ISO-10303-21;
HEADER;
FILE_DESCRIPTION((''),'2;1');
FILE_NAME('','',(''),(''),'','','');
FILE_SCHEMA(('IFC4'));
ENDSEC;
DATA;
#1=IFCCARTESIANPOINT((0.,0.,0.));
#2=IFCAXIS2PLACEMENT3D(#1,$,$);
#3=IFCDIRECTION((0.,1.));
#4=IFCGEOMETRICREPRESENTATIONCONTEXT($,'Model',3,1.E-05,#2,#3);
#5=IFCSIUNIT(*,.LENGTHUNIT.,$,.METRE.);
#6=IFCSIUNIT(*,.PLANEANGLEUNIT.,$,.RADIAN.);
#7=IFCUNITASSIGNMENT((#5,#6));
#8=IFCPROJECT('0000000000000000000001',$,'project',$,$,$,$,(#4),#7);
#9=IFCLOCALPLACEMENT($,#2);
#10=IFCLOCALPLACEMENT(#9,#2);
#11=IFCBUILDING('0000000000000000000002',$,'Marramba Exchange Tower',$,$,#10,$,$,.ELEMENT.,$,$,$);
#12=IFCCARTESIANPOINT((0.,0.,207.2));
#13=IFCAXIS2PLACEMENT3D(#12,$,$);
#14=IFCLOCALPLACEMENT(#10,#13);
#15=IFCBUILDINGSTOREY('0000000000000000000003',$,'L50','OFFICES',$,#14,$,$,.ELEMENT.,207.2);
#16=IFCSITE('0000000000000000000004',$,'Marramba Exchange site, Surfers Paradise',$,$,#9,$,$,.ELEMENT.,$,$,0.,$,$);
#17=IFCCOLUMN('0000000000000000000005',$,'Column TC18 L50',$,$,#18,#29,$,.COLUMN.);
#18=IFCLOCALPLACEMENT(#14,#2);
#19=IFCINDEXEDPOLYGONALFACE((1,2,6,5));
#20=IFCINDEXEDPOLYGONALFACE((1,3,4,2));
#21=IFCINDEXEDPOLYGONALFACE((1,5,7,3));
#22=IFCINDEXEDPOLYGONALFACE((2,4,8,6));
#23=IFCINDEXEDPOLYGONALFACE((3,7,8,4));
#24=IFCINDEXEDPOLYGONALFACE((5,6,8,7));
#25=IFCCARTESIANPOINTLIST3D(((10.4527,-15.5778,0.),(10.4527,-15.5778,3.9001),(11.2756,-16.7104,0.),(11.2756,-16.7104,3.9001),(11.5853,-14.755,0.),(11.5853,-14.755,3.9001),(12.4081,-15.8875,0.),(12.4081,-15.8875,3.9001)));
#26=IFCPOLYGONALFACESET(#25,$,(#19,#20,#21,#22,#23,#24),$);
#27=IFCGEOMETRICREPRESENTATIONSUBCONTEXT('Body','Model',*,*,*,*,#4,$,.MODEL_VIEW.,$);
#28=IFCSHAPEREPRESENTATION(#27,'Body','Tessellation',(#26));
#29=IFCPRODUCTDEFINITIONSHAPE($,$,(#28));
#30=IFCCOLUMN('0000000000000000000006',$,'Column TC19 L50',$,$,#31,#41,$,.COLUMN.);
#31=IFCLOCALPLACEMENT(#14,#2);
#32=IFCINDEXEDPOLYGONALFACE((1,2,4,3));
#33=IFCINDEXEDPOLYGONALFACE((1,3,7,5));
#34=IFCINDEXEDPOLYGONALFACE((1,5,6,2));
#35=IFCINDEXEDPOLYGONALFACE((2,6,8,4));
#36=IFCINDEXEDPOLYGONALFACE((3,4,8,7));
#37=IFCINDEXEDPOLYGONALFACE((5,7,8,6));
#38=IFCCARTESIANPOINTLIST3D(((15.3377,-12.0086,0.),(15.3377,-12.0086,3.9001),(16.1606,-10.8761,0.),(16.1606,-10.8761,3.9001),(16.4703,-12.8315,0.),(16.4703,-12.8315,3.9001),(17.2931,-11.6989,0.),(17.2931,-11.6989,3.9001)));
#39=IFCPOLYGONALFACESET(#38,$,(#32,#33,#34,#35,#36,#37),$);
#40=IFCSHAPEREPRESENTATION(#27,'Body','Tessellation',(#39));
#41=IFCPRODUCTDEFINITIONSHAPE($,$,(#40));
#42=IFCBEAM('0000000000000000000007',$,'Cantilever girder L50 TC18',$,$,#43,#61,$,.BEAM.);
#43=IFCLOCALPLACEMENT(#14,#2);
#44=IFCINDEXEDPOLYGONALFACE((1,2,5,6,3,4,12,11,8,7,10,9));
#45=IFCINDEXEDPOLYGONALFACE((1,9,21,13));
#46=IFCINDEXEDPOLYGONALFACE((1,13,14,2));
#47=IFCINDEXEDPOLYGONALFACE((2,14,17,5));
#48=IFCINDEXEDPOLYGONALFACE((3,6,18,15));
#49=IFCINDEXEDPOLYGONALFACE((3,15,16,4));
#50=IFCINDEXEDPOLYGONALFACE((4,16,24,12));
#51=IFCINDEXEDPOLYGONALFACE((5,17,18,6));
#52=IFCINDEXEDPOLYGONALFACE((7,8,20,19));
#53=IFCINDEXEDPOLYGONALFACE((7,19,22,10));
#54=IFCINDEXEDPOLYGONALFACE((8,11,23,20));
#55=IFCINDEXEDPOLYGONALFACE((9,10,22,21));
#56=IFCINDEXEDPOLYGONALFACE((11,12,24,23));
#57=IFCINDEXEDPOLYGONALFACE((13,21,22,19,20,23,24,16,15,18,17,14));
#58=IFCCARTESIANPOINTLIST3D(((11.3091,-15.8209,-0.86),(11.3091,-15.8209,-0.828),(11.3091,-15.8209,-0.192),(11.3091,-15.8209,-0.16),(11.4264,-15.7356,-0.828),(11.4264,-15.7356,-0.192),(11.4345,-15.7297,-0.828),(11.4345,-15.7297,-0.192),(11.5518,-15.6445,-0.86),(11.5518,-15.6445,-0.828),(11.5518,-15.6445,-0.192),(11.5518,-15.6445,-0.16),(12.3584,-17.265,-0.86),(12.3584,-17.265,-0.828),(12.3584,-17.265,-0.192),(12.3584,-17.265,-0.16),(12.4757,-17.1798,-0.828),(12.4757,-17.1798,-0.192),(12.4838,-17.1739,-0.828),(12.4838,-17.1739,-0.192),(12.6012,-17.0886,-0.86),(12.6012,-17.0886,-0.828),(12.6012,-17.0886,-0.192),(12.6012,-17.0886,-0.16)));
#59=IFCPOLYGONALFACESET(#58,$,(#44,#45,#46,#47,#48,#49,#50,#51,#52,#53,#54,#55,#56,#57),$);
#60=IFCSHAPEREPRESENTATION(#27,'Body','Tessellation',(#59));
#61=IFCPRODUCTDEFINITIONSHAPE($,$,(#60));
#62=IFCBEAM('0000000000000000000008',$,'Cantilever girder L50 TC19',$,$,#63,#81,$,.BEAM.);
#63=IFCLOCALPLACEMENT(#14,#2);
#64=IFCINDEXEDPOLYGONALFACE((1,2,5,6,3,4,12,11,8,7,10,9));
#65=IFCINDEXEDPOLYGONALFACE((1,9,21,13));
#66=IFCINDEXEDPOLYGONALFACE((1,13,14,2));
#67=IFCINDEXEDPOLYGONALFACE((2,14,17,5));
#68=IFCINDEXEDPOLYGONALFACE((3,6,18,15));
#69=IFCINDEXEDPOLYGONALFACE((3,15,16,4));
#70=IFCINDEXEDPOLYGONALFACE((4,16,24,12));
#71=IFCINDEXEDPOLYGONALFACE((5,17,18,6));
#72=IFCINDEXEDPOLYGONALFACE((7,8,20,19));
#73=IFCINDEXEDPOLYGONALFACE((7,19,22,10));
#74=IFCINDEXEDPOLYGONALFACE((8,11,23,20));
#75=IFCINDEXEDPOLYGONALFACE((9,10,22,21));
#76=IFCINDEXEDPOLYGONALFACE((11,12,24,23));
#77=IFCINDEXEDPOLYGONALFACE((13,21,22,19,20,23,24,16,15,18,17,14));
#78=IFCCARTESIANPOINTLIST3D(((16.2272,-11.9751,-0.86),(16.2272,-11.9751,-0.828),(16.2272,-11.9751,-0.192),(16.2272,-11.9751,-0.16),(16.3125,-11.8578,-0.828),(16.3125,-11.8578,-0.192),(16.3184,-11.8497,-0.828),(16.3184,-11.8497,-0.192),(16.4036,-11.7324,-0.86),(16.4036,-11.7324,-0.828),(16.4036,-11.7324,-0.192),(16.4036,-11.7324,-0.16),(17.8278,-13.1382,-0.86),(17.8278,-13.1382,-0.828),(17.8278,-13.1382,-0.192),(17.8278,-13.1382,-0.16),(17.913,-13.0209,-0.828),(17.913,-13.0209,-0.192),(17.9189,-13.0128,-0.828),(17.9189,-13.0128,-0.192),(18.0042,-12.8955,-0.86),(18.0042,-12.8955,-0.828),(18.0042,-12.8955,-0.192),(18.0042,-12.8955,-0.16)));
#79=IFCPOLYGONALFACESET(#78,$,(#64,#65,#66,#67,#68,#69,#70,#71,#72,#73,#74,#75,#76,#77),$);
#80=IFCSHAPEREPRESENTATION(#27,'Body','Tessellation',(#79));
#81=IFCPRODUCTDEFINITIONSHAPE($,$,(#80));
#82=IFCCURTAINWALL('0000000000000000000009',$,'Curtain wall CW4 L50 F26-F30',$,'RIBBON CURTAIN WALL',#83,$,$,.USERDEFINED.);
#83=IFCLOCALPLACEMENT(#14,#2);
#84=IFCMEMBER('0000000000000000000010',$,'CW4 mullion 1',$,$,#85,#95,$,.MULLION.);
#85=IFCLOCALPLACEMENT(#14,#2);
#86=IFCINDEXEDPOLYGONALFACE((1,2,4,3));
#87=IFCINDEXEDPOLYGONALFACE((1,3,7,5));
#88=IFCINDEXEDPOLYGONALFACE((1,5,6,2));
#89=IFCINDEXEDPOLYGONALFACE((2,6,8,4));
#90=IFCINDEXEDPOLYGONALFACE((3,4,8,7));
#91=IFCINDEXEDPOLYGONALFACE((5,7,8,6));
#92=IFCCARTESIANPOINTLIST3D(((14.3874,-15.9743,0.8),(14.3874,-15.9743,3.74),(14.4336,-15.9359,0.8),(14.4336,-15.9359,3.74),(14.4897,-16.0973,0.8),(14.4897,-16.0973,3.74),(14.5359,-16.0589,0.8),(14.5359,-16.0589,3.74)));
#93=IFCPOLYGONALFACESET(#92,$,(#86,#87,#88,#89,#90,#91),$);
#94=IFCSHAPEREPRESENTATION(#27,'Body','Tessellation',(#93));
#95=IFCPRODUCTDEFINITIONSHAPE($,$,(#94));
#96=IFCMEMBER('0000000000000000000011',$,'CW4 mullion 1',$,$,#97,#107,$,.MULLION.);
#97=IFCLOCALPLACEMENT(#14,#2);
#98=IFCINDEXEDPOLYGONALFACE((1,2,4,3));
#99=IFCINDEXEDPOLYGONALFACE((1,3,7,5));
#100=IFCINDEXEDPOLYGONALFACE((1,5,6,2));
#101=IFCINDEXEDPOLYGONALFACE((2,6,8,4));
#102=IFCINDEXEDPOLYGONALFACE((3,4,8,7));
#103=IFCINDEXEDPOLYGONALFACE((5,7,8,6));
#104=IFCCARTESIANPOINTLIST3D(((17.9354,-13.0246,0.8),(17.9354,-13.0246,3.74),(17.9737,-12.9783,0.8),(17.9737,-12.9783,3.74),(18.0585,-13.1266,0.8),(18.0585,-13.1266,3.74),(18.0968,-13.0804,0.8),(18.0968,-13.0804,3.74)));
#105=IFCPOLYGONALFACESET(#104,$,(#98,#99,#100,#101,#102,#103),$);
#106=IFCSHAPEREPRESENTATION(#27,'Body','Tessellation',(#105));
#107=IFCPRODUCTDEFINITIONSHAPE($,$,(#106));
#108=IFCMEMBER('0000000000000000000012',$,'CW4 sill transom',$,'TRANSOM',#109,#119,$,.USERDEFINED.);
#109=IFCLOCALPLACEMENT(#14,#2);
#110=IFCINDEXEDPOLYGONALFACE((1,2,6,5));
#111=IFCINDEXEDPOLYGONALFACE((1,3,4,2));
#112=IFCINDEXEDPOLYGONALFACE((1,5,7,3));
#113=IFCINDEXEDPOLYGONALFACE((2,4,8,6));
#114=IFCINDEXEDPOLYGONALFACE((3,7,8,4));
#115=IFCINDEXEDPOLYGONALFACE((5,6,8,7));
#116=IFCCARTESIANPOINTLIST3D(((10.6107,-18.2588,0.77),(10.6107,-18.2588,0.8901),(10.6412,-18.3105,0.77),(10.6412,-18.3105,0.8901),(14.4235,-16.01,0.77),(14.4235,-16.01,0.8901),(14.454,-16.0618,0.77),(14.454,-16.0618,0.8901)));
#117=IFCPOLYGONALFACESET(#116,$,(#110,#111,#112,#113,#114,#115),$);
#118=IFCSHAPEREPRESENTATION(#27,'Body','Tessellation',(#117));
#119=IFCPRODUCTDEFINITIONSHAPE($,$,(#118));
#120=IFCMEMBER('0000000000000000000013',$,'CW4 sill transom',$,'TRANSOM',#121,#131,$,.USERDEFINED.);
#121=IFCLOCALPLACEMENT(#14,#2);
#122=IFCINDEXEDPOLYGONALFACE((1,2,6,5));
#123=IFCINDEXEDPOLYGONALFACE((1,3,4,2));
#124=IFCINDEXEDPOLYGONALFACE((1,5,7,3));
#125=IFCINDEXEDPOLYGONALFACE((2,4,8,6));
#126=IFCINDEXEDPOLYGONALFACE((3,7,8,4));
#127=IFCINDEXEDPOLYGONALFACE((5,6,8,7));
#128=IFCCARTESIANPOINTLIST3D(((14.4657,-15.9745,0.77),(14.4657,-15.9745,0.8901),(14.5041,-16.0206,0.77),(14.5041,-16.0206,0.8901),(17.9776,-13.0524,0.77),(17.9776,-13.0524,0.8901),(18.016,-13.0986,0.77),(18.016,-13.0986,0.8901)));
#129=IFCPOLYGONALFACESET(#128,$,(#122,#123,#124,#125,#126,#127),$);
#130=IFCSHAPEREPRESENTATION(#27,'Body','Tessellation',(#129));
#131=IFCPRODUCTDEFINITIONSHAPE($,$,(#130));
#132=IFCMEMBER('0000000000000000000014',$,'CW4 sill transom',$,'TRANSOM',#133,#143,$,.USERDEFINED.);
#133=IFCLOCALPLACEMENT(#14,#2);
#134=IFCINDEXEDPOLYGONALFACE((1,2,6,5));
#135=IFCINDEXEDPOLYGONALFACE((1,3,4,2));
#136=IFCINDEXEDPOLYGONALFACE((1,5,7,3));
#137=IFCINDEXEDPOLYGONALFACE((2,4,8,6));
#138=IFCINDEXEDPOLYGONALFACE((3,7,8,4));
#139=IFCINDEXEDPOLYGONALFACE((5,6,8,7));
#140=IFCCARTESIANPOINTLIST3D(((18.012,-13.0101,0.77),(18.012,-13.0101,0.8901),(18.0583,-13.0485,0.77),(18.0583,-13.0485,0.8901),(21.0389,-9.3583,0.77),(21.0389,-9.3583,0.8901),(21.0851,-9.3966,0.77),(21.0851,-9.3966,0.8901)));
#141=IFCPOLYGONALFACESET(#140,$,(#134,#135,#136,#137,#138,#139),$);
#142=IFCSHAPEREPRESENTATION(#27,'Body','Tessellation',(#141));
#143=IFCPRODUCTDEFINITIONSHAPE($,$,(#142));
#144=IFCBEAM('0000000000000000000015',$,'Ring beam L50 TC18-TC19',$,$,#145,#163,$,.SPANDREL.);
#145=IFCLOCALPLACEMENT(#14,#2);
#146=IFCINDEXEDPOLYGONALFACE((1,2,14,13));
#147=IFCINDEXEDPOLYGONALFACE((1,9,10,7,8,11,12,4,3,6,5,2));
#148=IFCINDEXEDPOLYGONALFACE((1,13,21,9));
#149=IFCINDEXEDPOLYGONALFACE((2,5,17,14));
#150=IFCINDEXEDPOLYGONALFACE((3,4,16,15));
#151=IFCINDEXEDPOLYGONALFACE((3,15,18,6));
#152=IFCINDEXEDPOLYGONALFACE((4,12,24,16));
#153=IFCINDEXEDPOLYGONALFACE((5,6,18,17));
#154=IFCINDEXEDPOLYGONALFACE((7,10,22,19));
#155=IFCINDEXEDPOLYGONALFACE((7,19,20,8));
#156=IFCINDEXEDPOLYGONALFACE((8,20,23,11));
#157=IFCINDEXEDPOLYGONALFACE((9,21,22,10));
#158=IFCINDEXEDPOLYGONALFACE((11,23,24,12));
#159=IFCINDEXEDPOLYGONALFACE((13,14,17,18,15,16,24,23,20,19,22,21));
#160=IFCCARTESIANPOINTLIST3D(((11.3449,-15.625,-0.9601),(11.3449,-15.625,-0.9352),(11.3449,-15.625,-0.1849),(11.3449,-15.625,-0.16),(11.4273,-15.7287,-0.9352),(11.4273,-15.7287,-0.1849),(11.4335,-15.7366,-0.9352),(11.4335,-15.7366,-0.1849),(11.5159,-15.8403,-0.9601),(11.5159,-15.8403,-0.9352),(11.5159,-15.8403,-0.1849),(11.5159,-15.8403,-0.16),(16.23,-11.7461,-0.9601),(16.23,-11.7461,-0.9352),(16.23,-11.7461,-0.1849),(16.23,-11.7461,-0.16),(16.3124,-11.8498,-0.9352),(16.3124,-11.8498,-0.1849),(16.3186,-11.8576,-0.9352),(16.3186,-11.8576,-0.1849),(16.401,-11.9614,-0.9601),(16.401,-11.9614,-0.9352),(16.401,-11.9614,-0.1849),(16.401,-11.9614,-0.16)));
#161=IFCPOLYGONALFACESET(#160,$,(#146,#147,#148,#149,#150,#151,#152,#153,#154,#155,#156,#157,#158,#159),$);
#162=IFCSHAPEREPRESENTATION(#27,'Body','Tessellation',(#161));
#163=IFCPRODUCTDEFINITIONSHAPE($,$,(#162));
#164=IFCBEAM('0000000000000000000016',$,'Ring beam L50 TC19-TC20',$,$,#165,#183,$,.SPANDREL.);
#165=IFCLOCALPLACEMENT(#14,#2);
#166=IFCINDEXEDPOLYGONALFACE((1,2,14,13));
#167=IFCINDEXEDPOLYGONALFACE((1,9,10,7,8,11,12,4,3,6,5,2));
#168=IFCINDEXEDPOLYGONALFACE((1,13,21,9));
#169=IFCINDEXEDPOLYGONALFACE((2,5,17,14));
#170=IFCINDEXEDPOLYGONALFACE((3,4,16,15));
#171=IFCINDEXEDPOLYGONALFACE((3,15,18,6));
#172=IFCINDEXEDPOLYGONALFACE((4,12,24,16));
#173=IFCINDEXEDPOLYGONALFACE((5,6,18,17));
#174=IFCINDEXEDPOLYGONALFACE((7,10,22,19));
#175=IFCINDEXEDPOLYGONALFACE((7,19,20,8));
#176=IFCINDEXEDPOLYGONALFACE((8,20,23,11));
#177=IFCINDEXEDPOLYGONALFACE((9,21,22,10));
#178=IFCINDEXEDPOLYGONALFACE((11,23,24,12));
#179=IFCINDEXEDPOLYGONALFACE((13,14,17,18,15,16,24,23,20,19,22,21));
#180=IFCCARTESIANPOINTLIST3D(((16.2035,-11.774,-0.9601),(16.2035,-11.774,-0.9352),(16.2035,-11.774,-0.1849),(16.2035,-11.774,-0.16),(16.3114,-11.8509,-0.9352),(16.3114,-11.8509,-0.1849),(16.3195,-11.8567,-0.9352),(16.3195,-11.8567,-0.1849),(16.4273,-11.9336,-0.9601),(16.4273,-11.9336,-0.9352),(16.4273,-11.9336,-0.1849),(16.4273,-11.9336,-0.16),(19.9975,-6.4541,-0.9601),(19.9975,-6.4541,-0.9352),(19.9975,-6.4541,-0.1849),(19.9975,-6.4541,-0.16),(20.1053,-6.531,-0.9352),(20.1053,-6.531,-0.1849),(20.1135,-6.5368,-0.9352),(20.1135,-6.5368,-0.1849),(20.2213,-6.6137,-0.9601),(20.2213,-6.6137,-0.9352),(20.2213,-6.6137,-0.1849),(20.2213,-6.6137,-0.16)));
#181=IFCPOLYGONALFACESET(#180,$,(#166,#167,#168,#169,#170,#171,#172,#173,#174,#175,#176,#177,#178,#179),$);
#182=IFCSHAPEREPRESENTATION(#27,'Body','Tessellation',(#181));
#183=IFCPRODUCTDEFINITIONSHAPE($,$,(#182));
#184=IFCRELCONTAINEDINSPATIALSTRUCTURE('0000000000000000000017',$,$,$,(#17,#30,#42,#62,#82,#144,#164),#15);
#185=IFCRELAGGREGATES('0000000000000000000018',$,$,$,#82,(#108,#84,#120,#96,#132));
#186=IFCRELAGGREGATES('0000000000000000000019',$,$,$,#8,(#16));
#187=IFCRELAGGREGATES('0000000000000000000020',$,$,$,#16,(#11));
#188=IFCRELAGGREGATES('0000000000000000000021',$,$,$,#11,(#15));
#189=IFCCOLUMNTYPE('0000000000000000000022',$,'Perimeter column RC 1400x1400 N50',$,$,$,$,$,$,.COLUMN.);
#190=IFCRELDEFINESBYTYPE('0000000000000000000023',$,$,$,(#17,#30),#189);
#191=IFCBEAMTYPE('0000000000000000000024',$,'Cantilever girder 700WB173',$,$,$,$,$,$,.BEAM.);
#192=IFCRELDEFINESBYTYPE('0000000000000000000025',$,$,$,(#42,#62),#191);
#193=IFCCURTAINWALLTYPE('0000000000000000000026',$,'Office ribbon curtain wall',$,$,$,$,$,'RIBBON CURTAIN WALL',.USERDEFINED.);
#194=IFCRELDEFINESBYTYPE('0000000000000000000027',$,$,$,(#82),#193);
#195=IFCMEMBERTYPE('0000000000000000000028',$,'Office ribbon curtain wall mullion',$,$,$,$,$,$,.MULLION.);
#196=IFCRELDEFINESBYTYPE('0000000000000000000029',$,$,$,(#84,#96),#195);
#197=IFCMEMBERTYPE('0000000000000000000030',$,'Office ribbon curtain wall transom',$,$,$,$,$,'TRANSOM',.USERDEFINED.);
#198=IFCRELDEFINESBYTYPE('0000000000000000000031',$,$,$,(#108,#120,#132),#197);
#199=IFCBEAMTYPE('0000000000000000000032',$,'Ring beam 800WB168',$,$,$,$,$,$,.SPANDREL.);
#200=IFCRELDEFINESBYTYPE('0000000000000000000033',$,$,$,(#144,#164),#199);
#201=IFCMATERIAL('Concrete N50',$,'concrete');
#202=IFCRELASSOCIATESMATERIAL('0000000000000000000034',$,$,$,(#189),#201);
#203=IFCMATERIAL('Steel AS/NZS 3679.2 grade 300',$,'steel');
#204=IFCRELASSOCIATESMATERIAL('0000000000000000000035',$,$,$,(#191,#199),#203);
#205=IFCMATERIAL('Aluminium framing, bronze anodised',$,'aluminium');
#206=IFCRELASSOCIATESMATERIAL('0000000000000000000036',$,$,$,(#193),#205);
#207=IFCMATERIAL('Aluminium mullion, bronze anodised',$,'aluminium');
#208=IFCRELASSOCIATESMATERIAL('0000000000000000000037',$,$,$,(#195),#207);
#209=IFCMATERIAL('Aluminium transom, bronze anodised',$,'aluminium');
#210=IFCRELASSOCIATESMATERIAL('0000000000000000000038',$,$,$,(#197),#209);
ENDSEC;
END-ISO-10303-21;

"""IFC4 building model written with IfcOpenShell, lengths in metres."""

from ifc_helpers import new_model, si_unit, direction, frame, origin, origin_2d, place, context, subcontext, project, spatial, rectangle, i_section, extrude, material, material_profile, profile_set, type_object, element, aggregate, save


model = new_model("IFC4")

# Units and contexts
model_context = context("Model", 3, precision=1e-05, world=origin(), true_north=direction((0.0, 1.0)))
body_context = subcontext(model_context, "Body", "Model", "MODEL_VIEW")
ifc_project = project(units=[si_unit("LENGTHUNIT", "METRE"), si_unit("PLANEANGLEUNIT", "RADIAN")], contexts=[model_context])

# Site, building, storey
site_placement = place(None, origin())
site = spatial("IfcSite", under=ifc_project, at=site_placement, Name="Marramba Exchange site, Surfers Paradise", CompositionType="ELEMENT", RefElevation=0.0)
building_placement = place(site_placement, origin())
building = spatial("IfcBuilding", under=site, at=building_placement, Name="Marramba Exchange Tower", CompositionType="ELEMENT")
storey_placement = place(building_placement, frame((0.0, 0.0, 207.2)))
storey = spatial("IfcBuildingStorey", under=building, at=storey_placement, Name="L50", Description="OFFICES", CompositionType="ELEMENT", Elevation=207.2)

# Columns
ifc_material_1 = material(Name="Concrete N50", Category="concrete")
ifc_material_profile_1 = material_profile(ifc_material_1, rectangle(XDim=1.3999, YDim=1.3999, at=origin_2d()), Name="RC 1400x1400")
ifc_profile_set_1 = profile_set([ifc_material_profile_1], Name="Concrete N50")
column_type = type_object("IfcColumnType", Name="Perimeter column RC 1400x1400 N50", PredefinedType="COLUMN", material=ifc_profile_set_1)
for number, where, z_axis, x_axis, name in (
    (1, (11.4304, -15.7327, 0.0), (0.0, 0.0, 1.0), (0.587785, -0.809017, 0.0), "Column TC18 L50"),
    (2, (16.3154, -11.8538, 0.0), (0.0, 0.0, 1.0), (0.809017, -0.587785, 0.0), "Column TC19 L50"),
):
    element("IfcColumn", number, at=place(storey_placement, frame(where, z_axis=z_axis, x_axis=x_axis)), inside=storey, type_object=column_type, Name=name, PredefinedType="COLUMN", context=body_context, shape_type="SweptSolid", body=[
        extrude(rectangle(XDim=1.3999, YDim=1.3999, at=origin_2d()), origin(), (0.0, 0.0, 1.0), 3.9001),
    ])

# Beams
ifc_material_2 = material(Name="Steel AS/NZS 3679.2 grade 300", Category="steel")
ifc_material_profile_2 = material_profile(ifc_material_2, i_section(OverallWidth=0.3, OverallDepth=0.7, WebThickness=0.01, FlangeThickness=0.032, at=origin_2d()), Name="700WB173")
ifc_profile_set_2 = profile_set([ifc_material_profile_2], Name="Steel AS/NZS 3679.2 grade 300")
beam_type_1 = type_object("IfcBeamType", Name="Cantilever girder 700WB173", PredefinedType="BEAM", material=ifc_profile_set_2)
beam_1_placement = place(storey_placement, frame((11.4304, -15.7327, -0.51), z_axis=(0.58783, -0.808984, 0.0), x_axis=(0.808984, 0.58783, 0.0)))
element("IfcBeam", 3, at=beam_1_placement, inside=storey, type_object=beam_type_1, Name="Cantilever girder L50 TC18", PredefinedType="BEAM", context=body_context, shape_type="SweptSolid", body=[
    extrude(i_section(OverallWidth=0.3, OverallDepth=0.7, WebThickness=0.01, FlangeThickness=0.032, at=origin_2d()), origin(), (0.0, 0.0, 1.0), 1.7852),
])
beam_2_placement = place(storey_placement, frame((16.3154, -11.8538, -0.51), z_axis=(0.808971, -0.587849, 0.0), x_axis=(0.587849, 0.808971, 0.0)))
element("IfcBeam", 4, at=beam_2_placement, inside=storey, type_object=beam_type_1, Name="Cantilever girder L50 TC19", PredefinedType="BEAM", context=body_context, shape_type="SweptSolid", body=[
    extrude(i_section(OverallWidth=0.3, OverallDepth=0.7, WebThickness=0.01, FlangeThickness=0.032, at=origin_2d()), origin(), (0.0, 0.0, 1.0), 1.9785),
])

# Curtain wall, members
ifc_material_3 = material(Name="Aluminium framing, bronze anodised", Category="aluminium")
curtain_wall_type = type_object("IfcCurtainWallType", Name="Office ribbon curtain wall", ElementType="RIBBON CURTAIN WALL", PredefinedType="USERDEFINED", material=ifc_material_3)
curtain_wall_placement = place(storey_placement, origin())
curtain_wall = element("IfcCurtainWall", 5, at=curtain_wall_placement, inside=storey, type_object=curtain_wall_type, Name="Curtain wall CW4 L50 F26-F30", ObjectType="RIBBON CURTAIN WALL", PredefinedType="USERDEFINED")
ifc_material_4 = material(Name="Aluminium mullion, bronze anodised", Category="aluminium")
ifc_material_profile_3 = material_profile(ifc_material_4, rectangle(XDim=0.1599, YDim=0.0601, at=origin_2d()), Name="CW4 mullion 60x160")
ifc_profile_set_3 = profile_set([ifc_material_profile_3], Name="Aluminium mullion, bronze anodised")
member_type_1 = type_object("IfcMemberType", Name="Office ribbon curtain wall mullion", PredefinedType="MULLION", material=ifc_profile_set_3)
member_1_placement = place(storey_placement, frame((14.4617, -16.0166, 0.8), z_axis=(0.0, 0.0, 1.0), x_axis=(-0.639565, 0.768737, 0.0)))
member_1 = element("IfcMember", 6, at=member_1_placement, type_object=member_type_1, Name="CW4 mullion 1", PredefinedType="MULLION", context=body_context, shape_type="SweptSolid", body=[
    extrude(rectangle(XDim=0.1599, YDim=0.0601, at=origin_2d()), origin(), (0.0, 0.0, 1.0), 2.9399),
])
member_2_placement = place(storey_placement, frame((18.0161, -13.0525, 0.8), z_axis=(0.0, 0.0, 1.0), x_axis=(-0.769912, 0.63815, 0.0)))
member_2 = element("IfcMember", 7, at=member_2_placement, type_object=member_type_1, Name="CW4 mullion 1", PredefinedType="MULLION", context=body_context, shape_type="SweptSolid", body=[
    extrude(rectangle(XDim=0.1599, YDim=0.0601, at=origin_2d()), origin(), (0.0, 0.0, 1.0), 2.9399),
])
ifc_material_5 = material(Name="Aluminium transom, bronze anodised", Category="aluminium")
ifc_material_profile_4 = material_profile(ifc_material_5, rectangle(XDim=0.0601, YDim=0.1201, at=origin_2d()), Name="CW4 transom 60x120")
ifc_profile_set_4 = profile_set([ifc_material_profile_4], Name="Aluminium transom, bronze anodised")
member_type_2 = type_object("IfcMemberType", Name="Office ribbon curtain wall transom", ElementType="TRANSOM", PredefinedType="USERDEFINED", material=ifc_profile_set_4)
member_3_placement = place(storey_placement, frame((10.626, -18.2847, 0.8301), z_axis=(0.861342, 0.508025, 0.0), x_axis=(-0.508025, 0.861342, 0.0)))
member_3 = element("IfcMember", 8, at=member_3_placement, type_object=member_type_2, Name="CW4 sill transom", ObjectType="TRANSOM", PredefinedType="USERDEFINED", context=body_context, shape_type="SweptSolid", body=[
    extrude(rectangle(XDim=0.0601, YDim=0.1201, at=origin_2d()), origin(), (0.0, 0.0, 1.0), 4.4265),
])
member_4_placement = place(storey_placement, frame((14.4849, -15.9976, 0.8301), z_axis=(0.768707, 0.639601, 0.0), x_axis=(-0.639601, 0.768707, 0.0)))
member_4 = element("IfcMember", 9, at=member_4_placement, type_object=member_type_2, Name="CW4 sill transom", ObjectType="TRANSOM", PredefinedType="USERDEFINED", context=body_context, shape_type="SweptSolid", body=[
    extrude(rectangle(XDim=0.0601, YDim=0.1201, at=origin_2d()), origin(), (0.0, 0.0, 1.0), 4.5686),
])
member_5_placement = place(storey_placement, frame((18.0352, -13.0293, 0.8301), z_axis=(0.638147, 0.769915, 0.0), x_axis=(-0.769915, 0.638147, 0.0)))
member_5 = element("IfcMember", 10, at=member_5_placement, type_object=member_type_2, Name="CW4 sill transom", ObjectType="TRANSOM", PredefinedType="USERDEFINED", context=body_context, shape_type="SweptSolid", body=[
    extrude(rectangle(XDim=0.0601, YDim=0.1201, at=origin_2d()), origin(), (0.0, 0.0, 1.0), 4.7432),
])

# Beams
ifc_material_profile_5 = material_profile(ifc_material_2, i_section(OverallWidth=0.2749, OverallDepth=0.8, WebThickness=0.01, FlangeThickness=0.0249, at=origin_2d()), Name="800WB168")
ifc_profile_set_5 = profile_set([ifc_material_profile_5], Name="Steel AS/NZS 3679.2 grade 300")
beam_type_2 = type_object("IfcBeamType", Name="Ring beam 800WB168", PredefinedType="SPANDREL", material=ifc_profile_set_5)
beam_3_placement = place(storey_placement, frame((11.4304, -15.7327, -0.5601), z_axis=(0.783139, 0.621846, 0.0), x_axis=(-0.621846, 0.783139, 0.0)))
element("IfcBeam", 11, at=beam_3_placement, inside=storey, type_object=beam_type_2, Name="Ring beam L50 TC18-TC19", PredefinedType="SPANDREL", context=body_context, shape_type="SweptSolid", body=[
    extrude(i_section(OverallWidth=0.2749, OverallDepth=0.8, WebThickness=0.01, FlangeThickness=0.0249, at=origin_2d()), origin(), (0.0, 0.0, 1.0), 6.2378),
])
beam_4_placement = place(storey_placement, frame((16.3154, -11.8538, -0.5601), z_axis=(0.580637, 0.814162, 0.0), x_axis=(-0.814162, 0.580637, 0.0)))
element("IfcBeam", 12, at=beam_4_placement, inside=storey, type_object=beam_type_2, Name="Ring beam L50 TC19-TC20", PredefinedType="SPANDREL", context=body_context, shape_type="SweptSolid", body=[
    extrude(i_section(OverallWidth=0.2749, OverallDepth=0.8, WebThickness=0.01, FlangeThickness=0.0249, at=origin_2d()), origin(), (0.0, 0.0, 1.0), 6.5342),
])

aggregate(curtain_wall, [member_3, member_1, member_4, member_2, member_5])

save(model, "model.ifc")
